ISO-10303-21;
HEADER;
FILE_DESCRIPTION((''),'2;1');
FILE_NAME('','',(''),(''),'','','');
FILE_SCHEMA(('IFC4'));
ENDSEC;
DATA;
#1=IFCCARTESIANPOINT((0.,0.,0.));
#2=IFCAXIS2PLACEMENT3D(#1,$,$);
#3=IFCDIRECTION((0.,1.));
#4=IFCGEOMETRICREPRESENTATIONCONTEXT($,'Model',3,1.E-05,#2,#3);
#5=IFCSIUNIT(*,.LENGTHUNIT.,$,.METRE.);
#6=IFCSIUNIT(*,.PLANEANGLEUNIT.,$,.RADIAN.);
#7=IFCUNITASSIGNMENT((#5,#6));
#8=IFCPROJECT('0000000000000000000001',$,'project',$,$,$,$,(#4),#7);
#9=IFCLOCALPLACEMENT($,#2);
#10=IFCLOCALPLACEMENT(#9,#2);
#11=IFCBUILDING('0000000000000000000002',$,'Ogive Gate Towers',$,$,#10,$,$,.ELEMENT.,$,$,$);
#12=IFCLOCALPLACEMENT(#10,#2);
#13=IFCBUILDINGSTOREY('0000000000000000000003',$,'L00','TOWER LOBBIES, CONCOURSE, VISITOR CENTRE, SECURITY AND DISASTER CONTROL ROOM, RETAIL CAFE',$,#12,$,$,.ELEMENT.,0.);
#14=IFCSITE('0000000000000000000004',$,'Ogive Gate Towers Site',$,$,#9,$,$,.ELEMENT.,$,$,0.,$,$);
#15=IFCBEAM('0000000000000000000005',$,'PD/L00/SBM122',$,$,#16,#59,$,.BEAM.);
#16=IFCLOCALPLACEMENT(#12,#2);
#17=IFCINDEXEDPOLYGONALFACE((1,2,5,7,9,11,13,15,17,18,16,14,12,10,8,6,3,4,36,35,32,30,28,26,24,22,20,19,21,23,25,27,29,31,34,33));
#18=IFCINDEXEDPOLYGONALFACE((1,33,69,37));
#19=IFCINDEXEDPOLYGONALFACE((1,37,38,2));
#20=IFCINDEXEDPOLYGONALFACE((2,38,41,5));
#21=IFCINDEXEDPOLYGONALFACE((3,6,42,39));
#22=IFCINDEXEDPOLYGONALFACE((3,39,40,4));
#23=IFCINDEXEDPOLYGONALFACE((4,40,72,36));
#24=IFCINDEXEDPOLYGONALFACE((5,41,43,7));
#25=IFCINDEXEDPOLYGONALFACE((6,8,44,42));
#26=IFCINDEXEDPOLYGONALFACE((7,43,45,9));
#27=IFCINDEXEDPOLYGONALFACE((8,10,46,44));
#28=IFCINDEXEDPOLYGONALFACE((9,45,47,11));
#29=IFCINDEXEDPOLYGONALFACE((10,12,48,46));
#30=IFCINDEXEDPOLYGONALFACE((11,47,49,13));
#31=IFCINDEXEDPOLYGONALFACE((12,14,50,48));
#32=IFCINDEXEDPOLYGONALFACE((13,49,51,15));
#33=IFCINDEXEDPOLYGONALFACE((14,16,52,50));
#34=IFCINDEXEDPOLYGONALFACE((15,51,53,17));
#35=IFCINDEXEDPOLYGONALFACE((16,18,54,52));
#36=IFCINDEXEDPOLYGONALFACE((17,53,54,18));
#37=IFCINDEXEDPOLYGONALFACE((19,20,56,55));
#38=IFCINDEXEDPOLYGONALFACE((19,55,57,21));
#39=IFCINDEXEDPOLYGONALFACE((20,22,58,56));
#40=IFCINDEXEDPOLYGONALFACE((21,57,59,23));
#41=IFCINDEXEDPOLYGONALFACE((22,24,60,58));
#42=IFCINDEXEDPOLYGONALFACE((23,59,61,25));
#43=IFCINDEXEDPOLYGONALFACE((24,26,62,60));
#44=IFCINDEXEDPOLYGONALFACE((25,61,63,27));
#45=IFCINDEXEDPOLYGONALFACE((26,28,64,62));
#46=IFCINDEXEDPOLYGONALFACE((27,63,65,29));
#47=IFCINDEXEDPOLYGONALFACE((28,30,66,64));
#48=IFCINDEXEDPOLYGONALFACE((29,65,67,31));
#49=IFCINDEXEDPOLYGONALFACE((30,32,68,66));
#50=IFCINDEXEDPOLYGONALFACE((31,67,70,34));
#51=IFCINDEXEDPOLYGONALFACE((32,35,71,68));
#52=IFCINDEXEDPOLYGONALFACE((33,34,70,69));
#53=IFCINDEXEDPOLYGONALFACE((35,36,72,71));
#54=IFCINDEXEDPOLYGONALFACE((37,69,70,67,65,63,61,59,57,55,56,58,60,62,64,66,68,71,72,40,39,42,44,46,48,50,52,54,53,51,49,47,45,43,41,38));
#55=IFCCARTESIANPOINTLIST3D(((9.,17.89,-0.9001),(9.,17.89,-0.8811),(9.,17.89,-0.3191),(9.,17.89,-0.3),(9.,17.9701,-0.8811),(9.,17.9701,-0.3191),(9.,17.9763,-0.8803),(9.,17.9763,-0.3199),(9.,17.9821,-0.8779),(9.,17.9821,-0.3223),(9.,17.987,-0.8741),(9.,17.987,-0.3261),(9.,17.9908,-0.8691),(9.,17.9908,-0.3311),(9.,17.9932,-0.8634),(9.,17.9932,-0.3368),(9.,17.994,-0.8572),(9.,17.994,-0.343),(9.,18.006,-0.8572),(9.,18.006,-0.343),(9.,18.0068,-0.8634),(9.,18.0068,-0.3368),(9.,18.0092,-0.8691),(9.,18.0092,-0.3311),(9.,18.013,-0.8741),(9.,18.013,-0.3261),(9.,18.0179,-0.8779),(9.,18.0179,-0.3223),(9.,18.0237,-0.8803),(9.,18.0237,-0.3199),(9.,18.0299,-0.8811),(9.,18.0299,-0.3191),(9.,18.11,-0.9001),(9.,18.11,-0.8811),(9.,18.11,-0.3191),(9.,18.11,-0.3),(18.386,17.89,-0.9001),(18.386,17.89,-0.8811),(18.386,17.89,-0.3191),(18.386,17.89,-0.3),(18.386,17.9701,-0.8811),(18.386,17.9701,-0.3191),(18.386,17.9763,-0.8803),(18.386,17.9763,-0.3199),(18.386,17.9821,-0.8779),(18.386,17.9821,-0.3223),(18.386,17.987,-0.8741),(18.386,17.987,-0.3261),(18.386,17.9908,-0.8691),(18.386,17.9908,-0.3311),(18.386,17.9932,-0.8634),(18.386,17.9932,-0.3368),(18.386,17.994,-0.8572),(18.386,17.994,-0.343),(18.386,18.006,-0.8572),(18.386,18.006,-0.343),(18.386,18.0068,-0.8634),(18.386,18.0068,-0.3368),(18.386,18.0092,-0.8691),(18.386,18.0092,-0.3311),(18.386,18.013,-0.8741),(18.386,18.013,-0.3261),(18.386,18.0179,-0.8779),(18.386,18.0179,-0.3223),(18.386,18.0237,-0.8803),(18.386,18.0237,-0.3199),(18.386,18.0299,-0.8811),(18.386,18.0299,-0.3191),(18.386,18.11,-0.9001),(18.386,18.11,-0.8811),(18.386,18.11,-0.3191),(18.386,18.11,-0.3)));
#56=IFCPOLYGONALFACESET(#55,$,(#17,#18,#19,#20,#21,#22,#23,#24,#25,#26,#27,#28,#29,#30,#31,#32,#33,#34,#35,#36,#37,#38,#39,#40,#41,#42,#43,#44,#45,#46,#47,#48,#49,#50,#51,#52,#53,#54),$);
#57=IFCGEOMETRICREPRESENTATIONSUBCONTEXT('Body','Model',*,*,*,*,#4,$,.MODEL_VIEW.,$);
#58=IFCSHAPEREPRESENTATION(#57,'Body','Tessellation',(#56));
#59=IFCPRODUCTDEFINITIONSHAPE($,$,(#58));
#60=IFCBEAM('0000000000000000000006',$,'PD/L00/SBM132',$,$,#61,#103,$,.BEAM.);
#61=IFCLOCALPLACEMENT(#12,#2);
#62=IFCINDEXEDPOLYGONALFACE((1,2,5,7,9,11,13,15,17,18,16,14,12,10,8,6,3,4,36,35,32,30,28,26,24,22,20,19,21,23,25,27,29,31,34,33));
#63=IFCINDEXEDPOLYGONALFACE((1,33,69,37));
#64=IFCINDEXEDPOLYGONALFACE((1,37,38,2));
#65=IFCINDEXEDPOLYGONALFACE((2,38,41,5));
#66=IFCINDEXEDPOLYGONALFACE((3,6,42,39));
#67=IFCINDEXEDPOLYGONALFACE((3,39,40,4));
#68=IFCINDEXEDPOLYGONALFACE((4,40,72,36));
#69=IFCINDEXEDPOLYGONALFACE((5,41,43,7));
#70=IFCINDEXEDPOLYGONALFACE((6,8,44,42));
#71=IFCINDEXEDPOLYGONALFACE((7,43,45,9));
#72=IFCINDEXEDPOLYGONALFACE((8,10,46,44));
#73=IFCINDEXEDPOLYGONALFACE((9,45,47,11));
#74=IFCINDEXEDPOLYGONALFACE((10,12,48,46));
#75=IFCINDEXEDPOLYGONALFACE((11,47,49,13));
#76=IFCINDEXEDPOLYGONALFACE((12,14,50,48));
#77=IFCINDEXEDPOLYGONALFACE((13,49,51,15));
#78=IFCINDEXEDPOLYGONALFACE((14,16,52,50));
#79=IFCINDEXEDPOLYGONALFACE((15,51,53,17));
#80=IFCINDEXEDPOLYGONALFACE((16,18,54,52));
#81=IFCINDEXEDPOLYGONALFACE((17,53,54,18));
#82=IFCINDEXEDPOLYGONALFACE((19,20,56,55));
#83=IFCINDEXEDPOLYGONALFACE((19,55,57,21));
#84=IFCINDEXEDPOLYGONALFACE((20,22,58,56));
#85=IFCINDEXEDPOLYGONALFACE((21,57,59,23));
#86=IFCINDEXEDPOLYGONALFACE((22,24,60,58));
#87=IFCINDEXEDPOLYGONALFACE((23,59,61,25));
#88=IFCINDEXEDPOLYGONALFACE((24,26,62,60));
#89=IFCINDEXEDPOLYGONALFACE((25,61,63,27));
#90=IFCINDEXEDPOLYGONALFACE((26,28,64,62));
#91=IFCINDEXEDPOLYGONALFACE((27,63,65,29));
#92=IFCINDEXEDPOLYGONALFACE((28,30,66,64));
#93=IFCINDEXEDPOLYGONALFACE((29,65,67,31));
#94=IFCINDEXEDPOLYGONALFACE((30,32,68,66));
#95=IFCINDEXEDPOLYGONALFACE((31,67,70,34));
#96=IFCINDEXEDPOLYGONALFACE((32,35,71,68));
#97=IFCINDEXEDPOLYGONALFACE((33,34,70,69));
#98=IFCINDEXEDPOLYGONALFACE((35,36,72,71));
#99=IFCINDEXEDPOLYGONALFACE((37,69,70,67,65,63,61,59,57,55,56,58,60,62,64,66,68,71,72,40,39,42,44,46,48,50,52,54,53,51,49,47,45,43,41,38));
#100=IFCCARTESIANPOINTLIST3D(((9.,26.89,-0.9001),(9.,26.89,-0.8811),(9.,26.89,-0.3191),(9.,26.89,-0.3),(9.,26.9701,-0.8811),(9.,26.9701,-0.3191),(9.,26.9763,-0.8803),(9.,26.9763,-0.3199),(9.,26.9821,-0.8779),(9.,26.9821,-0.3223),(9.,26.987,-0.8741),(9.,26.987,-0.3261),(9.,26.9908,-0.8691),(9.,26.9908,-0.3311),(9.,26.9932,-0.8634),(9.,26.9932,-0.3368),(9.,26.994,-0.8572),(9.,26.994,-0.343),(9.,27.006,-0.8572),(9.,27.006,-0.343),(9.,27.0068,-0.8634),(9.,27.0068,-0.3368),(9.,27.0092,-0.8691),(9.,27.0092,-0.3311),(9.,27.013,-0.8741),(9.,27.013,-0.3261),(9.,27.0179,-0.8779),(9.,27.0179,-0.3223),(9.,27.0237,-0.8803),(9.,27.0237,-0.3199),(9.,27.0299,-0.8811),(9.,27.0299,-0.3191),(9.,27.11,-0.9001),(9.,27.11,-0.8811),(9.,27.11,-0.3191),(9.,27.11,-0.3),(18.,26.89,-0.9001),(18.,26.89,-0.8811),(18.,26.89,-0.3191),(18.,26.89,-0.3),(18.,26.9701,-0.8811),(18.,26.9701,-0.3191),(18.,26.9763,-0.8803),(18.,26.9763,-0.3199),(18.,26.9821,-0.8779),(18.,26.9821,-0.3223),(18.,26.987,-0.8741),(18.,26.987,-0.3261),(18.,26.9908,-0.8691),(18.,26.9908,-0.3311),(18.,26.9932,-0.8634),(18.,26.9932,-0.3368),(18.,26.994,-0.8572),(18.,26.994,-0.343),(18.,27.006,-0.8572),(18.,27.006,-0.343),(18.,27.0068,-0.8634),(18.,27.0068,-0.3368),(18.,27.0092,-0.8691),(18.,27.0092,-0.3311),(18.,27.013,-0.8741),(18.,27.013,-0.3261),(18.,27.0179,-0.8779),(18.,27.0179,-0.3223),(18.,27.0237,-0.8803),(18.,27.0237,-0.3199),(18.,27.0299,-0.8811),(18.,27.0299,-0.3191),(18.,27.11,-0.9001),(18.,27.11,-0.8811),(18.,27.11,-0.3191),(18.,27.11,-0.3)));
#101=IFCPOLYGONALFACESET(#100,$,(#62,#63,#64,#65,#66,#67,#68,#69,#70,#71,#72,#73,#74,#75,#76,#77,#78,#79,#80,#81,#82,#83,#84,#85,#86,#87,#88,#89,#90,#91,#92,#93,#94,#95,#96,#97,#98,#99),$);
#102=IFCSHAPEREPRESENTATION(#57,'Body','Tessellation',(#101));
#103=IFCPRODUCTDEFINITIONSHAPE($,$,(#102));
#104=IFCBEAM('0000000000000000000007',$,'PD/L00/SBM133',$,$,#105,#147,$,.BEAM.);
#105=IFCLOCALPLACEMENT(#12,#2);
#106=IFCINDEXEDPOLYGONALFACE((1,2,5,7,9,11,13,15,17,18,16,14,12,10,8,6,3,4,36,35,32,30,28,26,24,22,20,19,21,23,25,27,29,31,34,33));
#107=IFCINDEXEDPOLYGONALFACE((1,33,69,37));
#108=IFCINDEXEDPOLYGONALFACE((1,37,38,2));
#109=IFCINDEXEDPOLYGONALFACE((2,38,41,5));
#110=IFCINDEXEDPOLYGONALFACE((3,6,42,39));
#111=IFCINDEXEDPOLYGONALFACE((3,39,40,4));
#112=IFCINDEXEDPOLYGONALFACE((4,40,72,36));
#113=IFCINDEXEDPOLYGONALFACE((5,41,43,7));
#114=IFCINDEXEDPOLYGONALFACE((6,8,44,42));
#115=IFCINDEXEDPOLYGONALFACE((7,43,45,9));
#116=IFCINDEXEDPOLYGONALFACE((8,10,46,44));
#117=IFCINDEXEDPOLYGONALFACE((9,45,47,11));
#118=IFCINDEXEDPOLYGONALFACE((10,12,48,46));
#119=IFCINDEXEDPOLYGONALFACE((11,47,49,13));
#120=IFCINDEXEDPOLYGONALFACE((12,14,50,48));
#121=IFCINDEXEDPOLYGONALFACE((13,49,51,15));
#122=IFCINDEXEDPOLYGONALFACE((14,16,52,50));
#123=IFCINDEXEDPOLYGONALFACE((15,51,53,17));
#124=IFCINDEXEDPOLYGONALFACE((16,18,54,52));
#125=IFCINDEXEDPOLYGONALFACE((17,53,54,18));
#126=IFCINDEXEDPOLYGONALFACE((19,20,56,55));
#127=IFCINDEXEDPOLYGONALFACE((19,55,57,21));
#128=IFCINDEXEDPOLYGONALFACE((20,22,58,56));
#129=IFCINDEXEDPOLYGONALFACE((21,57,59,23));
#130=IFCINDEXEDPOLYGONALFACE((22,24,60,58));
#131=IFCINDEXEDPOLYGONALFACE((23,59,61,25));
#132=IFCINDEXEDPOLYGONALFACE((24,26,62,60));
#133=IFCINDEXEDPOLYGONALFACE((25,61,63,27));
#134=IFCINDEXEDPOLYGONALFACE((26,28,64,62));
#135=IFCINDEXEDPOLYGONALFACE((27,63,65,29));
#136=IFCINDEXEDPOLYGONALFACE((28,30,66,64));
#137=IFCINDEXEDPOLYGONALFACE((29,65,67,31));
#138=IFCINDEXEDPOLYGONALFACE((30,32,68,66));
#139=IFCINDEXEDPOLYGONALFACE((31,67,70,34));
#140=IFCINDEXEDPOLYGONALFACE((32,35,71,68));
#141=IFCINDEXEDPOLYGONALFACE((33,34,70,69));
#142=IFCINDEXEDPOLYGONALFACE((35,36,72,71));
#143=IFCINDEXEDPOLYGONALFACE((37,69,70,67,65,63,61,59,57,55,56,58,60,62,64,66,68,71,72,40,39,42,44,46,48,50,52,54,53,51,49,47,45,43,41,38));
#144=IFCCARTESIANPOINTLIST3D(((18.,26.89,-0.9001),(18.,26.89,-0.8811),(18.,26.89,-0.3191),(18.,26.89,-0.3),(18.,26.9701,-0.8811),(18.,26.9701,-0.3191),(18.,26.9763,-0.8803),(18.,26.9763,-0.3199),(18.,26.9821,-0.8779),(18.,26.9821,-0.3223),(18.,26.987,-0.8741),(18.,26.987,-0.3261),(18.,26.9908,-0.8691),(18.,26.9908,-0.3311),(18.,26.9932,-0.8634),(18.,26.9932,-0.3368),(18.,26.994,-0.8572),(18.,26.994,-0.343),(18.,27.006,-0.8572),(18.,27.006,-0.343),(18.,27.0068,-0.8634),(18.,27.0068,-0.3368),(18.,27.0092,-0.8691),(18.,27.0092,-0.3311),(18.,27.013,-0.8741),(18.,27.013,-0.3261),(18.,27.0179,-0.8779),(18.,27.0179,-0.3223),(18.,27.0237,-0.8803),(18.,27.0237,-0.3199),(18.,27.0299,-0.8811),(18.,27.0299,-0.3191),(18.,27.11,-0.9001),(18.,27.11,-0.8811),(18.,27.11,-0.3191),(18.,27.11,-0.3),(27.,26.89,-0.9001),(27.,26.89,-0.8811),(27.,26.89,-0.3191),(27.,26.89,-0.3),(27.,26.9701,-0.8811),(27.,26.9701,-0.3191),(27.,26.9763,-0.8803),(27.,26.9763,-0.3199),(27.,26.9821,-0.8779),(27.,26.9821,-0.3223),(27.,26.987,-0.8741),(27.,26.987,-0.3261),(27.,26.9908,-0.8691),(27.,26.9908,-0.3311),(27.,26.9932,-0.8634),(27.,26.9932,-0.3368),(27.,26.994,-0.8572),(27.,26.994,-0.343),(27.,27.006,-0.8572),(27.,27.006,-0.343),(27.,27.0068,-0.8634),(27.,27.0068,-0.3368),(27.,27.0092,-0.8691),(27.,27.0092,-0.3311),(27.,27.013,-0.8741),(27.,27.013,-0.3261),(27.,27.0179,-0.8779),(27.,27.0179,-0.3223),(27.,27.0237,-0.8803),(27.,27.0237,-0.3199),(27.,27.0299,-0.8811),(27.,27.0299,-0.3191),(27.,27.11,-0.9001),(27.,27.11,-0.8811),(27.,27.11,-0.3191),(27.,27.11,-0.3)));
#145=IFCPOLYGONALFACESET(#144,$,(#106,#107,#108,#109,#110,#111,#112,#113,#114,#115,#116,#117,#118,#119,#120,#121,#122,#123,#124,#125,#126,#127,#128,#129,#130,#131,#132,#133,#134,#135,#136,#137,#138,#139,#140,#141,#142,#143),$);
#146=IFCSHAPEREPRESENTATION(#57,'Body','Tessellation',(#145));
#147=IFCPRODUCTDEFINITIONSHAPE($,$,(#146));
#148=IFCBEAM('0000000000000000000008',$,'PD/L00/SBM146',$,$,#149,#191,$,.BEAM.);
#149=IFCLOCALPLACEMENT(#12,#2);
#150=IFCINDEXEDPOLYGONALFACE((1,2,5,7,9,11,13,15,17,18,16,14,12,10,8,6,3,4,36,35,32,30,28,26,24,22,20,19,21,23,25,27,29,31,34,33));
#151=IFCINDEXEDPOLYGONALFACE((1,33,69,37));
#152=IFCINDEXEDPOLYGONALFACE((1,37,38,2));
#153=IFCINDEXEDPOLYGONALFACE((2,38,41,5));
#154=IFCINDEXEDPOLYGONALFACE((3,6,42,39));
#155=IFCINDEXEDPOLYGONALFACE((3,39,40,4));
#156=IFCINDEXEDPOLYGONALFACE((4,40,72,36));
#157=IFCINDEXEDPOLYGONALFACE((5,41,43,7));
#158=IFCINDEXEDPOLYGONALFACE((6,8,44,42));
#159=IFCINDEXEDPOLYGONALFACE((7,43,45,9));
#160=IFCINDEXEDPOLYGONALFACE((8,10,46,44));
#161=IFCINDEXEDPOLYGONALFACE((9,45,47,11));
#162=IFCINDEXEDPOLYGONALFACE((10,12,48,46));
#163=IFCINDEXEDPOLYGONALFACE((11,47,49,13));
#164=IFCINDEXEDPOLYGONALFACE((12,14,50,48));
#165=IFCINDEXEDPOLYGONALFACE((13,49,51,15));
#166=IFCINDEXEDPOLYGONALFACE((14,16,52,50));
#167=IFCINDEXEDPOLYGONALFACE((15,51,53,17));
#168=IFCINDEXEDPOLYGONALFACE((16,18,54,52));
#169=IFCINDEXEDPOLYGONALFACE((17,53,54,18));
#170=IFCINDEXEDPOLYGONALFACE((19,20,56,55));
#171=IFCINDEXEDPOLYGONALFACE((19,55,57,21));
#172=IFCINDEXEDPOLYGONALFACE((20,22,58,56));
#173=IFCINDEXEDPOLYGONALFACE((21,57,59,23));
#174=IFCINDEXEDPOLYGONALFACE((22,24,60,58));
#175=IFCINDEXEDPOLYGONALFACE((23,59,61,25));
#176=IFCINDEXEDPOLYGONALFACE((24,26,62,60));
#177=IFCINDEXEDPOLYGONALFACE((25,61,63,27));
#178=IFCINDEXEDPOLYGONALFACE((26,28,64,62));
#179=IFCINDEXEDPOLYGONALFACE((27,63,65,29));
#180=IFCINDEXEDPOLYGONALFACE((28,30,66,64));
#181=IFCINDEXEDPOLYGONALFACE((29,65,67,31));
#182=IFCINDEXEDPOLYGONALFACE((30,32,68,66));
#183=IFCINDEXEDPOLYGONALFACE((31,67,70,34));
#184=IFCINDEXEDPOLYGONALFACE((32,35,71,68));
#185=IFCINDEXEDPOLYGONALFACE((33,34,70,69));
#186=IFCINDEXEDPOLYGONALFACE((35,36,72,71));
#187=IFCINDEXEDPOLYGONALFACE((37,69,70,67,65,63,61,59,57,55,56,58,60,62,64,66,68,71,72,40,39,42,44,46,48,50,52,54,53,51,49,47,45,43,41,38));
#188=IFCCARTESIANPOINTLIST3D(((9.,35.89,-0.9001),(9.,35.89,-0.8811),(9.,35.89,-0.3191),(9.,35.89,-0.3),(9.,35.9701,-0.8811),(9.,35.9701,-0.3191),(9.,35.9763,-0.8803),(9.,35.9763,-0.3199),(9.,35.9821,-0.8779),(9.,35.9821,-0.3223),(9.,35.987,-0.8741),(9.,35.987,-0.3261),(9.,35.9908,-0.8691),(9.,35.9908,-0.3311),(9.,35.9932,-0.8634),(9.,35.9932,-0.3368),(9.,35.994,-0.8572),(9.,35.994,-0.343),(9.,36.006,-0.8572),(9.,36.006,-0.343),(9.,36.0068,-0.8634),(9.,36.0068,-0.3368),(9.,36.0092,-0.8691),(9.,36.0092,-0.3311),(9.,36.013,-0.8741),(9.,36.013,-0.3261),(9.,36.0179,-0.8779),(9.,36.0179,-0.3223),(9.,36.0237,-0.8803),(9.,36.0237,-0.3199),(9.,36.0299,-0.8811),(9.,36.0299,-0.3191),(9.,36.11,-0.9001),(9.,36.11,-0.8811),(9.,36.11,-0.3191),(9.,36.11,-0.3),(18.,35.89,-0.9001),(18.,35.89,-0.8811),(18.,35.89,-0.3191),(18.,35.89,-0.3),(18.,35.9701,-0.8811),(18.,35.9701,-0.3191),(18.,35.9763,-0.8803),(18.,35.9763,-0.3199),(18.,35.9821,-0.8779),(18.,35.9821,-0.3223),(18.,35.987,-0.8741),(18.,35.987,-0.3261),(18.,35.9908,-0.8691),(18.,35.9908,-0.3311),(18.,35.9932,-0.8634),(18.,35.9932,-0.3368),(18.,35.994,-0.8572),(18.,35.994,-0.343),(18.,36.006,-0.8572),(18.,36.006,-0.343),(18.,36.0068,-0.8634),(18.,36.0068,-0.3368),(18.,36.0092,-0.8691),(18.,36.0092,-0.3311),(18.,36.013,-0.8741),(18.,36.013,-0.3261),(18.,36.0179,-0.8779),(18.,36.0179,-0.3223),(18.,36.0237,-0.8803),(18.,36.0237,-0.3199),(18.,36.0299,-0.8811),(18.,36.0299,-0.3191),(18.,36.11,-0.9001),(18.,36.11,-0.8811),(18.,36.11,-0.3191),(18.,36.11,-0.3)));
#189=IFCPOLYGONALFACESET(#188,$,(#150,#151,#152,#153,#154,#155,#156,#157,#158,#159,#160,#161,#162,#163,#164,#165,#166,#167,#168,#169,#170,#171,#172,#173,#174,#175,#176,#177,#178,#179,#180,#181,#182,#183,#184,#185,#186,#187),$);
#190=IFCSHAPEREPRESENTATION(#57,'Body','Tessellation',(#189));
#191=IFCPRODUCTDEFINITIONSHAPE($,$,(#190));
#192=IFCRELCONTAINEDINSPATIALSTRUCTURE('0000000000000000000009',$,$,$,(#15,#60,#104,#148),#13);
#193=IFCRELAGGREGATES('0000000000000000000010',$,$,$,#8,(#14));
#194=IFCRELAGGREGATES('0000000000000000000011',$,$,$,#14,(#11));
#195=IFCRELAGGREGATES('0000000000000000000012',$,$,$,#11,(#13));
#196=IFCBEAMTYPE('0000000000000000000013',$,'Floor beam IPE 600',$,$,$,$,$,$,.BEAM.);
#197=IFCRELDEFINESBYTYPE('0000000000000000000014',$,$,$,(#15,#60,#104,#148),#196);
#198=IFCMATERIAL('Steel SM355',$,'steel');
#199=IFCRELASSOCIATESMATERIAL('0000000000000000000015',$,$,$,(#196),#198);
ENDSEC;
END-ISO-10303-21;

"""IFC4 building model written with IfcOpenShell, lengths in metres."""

from ifc_helpers import new_model, si_unit, direction, frame, origin, origin_2d, place, context, subcontext, project, spatial, i_section, extrude, material, material_profile, profile_set, type_object, element, save


model = new_model("IFC4")

# Units and contexts
model_context = context("Model", 3, precision=1e-05, world=origin(), true_north=direction((0.0, 1.0)))
body_context = subcontext(model_context, "Body", "Model", "MODEL_VIEW")
ifc_project = project(units=[si_unit("LENGTHUNIT", "METRE"), si_unit("PLANEANGLEUNIT", "RADIAN")], contexts=[model_context])

# Site, building, storey
site_placement = place(None, origin())
site = spatial("IfcSite", under=ifc_project, at=site_placement, Name="Ogive Gate Towers Site", CompositionType="ELEMENT", RefElevation=0.0)
building_placement = place(site_placement, origin())
building = spatial("IfcBuilding", under=site, at=building_placement, Name="Ogive Gate Towers", CompositionType="ELEMENT")
storey_placement = place(building_placement, origin())
storey = spatial("IfcBuildingStorey", under=building, at=storey_placement, Name="L00", Description="TOWER LOBBIES, CONCOURSE, VISITOR CENTRE, SECURITY AND DISASTER CONTROL ROOM, RETAIL CAFE", CompositionType="ELEMENT", Elevation=0.0)

# Beams
ifc_material_1 = material(Name="Steel SM355", Category="steel")
ifc_material_profile_1 = material_profile(ifc_material_1, i_section(OverallWidth=0.22, OverallDepth=0.6001, WebThickness=0.012, FlangeThickness=0.019, FilletRadius=0.0239, at=origin_2d()), Name="IPE 600")
ifc_profile_set_1 = profile_set([ifc_material_profile_1], Name="Steel SM355")
beam_type_1 = type_object("IfcBeamType", Name="Floor beam IPE 600", PredefinedType="BEAM", material=ifc_profile_set_1)
beam_1_placement = place(storey_placement, frame((9.0, 18.0, -0.6001), z_axis=(1.0, 0.0, 0.0), x_axis=(0.0, 1.0, 0.0)))
element("IfcBeam", 1, at=beam_1_placement, inside=storey, type_object=beam_type_1, Name="PD/L00/SBM122", PredefinedType="BEAM", context=body_context, shape_type="SweptSolid", body=[
    extrude(i_section(OverallWidth=0.22, OverallDepth=0.6001, WebThickness=0.012, FlangeThickness=0.019, FilletRadius=0.0239, at=origin_2d()), origin(), (0.0, 0.0, 1.0), 9.386),
])
for number, where, z_axis, x_axis, name in (
    (2, (9.0, 27.0, -0.6001), (1.0, 0.0, 0.0), (0.0, 1.0, 0.0), "PD/L00/SBM132"),
    (3, (18.0, 27.0, -0.6001), (1.0, 0.0, 0.0), (0.0, 1.0, 0.0), "PD/L00/SBM133"),
    (4, (9.0, 36.0, -0.6001), (1.0, 0.0, 0.0), (0.0, 1.0, 0.0), "PD/L00/SBM146"),
):
    element("IfcBeam", number, at=place(storey_placement, frame(where, z_axis=z_axis, x_axis=x_axis)), inside=storey, type_object=beam_type_1, Name=name, PredefinedType="BEAM", context=body_context, shape_type="SweptSolid", body=[
        extrude(i_section(OverallWidth=0.22, OverallDepth=0.6001, WebThickness=0.012, FlangeThickness=0.019, FilletRadius=0.0239, at=origin_2d()), origin(), (0.0, 0.0, 1.0), 9.0),
    ])

save(model, "model.ifc")
